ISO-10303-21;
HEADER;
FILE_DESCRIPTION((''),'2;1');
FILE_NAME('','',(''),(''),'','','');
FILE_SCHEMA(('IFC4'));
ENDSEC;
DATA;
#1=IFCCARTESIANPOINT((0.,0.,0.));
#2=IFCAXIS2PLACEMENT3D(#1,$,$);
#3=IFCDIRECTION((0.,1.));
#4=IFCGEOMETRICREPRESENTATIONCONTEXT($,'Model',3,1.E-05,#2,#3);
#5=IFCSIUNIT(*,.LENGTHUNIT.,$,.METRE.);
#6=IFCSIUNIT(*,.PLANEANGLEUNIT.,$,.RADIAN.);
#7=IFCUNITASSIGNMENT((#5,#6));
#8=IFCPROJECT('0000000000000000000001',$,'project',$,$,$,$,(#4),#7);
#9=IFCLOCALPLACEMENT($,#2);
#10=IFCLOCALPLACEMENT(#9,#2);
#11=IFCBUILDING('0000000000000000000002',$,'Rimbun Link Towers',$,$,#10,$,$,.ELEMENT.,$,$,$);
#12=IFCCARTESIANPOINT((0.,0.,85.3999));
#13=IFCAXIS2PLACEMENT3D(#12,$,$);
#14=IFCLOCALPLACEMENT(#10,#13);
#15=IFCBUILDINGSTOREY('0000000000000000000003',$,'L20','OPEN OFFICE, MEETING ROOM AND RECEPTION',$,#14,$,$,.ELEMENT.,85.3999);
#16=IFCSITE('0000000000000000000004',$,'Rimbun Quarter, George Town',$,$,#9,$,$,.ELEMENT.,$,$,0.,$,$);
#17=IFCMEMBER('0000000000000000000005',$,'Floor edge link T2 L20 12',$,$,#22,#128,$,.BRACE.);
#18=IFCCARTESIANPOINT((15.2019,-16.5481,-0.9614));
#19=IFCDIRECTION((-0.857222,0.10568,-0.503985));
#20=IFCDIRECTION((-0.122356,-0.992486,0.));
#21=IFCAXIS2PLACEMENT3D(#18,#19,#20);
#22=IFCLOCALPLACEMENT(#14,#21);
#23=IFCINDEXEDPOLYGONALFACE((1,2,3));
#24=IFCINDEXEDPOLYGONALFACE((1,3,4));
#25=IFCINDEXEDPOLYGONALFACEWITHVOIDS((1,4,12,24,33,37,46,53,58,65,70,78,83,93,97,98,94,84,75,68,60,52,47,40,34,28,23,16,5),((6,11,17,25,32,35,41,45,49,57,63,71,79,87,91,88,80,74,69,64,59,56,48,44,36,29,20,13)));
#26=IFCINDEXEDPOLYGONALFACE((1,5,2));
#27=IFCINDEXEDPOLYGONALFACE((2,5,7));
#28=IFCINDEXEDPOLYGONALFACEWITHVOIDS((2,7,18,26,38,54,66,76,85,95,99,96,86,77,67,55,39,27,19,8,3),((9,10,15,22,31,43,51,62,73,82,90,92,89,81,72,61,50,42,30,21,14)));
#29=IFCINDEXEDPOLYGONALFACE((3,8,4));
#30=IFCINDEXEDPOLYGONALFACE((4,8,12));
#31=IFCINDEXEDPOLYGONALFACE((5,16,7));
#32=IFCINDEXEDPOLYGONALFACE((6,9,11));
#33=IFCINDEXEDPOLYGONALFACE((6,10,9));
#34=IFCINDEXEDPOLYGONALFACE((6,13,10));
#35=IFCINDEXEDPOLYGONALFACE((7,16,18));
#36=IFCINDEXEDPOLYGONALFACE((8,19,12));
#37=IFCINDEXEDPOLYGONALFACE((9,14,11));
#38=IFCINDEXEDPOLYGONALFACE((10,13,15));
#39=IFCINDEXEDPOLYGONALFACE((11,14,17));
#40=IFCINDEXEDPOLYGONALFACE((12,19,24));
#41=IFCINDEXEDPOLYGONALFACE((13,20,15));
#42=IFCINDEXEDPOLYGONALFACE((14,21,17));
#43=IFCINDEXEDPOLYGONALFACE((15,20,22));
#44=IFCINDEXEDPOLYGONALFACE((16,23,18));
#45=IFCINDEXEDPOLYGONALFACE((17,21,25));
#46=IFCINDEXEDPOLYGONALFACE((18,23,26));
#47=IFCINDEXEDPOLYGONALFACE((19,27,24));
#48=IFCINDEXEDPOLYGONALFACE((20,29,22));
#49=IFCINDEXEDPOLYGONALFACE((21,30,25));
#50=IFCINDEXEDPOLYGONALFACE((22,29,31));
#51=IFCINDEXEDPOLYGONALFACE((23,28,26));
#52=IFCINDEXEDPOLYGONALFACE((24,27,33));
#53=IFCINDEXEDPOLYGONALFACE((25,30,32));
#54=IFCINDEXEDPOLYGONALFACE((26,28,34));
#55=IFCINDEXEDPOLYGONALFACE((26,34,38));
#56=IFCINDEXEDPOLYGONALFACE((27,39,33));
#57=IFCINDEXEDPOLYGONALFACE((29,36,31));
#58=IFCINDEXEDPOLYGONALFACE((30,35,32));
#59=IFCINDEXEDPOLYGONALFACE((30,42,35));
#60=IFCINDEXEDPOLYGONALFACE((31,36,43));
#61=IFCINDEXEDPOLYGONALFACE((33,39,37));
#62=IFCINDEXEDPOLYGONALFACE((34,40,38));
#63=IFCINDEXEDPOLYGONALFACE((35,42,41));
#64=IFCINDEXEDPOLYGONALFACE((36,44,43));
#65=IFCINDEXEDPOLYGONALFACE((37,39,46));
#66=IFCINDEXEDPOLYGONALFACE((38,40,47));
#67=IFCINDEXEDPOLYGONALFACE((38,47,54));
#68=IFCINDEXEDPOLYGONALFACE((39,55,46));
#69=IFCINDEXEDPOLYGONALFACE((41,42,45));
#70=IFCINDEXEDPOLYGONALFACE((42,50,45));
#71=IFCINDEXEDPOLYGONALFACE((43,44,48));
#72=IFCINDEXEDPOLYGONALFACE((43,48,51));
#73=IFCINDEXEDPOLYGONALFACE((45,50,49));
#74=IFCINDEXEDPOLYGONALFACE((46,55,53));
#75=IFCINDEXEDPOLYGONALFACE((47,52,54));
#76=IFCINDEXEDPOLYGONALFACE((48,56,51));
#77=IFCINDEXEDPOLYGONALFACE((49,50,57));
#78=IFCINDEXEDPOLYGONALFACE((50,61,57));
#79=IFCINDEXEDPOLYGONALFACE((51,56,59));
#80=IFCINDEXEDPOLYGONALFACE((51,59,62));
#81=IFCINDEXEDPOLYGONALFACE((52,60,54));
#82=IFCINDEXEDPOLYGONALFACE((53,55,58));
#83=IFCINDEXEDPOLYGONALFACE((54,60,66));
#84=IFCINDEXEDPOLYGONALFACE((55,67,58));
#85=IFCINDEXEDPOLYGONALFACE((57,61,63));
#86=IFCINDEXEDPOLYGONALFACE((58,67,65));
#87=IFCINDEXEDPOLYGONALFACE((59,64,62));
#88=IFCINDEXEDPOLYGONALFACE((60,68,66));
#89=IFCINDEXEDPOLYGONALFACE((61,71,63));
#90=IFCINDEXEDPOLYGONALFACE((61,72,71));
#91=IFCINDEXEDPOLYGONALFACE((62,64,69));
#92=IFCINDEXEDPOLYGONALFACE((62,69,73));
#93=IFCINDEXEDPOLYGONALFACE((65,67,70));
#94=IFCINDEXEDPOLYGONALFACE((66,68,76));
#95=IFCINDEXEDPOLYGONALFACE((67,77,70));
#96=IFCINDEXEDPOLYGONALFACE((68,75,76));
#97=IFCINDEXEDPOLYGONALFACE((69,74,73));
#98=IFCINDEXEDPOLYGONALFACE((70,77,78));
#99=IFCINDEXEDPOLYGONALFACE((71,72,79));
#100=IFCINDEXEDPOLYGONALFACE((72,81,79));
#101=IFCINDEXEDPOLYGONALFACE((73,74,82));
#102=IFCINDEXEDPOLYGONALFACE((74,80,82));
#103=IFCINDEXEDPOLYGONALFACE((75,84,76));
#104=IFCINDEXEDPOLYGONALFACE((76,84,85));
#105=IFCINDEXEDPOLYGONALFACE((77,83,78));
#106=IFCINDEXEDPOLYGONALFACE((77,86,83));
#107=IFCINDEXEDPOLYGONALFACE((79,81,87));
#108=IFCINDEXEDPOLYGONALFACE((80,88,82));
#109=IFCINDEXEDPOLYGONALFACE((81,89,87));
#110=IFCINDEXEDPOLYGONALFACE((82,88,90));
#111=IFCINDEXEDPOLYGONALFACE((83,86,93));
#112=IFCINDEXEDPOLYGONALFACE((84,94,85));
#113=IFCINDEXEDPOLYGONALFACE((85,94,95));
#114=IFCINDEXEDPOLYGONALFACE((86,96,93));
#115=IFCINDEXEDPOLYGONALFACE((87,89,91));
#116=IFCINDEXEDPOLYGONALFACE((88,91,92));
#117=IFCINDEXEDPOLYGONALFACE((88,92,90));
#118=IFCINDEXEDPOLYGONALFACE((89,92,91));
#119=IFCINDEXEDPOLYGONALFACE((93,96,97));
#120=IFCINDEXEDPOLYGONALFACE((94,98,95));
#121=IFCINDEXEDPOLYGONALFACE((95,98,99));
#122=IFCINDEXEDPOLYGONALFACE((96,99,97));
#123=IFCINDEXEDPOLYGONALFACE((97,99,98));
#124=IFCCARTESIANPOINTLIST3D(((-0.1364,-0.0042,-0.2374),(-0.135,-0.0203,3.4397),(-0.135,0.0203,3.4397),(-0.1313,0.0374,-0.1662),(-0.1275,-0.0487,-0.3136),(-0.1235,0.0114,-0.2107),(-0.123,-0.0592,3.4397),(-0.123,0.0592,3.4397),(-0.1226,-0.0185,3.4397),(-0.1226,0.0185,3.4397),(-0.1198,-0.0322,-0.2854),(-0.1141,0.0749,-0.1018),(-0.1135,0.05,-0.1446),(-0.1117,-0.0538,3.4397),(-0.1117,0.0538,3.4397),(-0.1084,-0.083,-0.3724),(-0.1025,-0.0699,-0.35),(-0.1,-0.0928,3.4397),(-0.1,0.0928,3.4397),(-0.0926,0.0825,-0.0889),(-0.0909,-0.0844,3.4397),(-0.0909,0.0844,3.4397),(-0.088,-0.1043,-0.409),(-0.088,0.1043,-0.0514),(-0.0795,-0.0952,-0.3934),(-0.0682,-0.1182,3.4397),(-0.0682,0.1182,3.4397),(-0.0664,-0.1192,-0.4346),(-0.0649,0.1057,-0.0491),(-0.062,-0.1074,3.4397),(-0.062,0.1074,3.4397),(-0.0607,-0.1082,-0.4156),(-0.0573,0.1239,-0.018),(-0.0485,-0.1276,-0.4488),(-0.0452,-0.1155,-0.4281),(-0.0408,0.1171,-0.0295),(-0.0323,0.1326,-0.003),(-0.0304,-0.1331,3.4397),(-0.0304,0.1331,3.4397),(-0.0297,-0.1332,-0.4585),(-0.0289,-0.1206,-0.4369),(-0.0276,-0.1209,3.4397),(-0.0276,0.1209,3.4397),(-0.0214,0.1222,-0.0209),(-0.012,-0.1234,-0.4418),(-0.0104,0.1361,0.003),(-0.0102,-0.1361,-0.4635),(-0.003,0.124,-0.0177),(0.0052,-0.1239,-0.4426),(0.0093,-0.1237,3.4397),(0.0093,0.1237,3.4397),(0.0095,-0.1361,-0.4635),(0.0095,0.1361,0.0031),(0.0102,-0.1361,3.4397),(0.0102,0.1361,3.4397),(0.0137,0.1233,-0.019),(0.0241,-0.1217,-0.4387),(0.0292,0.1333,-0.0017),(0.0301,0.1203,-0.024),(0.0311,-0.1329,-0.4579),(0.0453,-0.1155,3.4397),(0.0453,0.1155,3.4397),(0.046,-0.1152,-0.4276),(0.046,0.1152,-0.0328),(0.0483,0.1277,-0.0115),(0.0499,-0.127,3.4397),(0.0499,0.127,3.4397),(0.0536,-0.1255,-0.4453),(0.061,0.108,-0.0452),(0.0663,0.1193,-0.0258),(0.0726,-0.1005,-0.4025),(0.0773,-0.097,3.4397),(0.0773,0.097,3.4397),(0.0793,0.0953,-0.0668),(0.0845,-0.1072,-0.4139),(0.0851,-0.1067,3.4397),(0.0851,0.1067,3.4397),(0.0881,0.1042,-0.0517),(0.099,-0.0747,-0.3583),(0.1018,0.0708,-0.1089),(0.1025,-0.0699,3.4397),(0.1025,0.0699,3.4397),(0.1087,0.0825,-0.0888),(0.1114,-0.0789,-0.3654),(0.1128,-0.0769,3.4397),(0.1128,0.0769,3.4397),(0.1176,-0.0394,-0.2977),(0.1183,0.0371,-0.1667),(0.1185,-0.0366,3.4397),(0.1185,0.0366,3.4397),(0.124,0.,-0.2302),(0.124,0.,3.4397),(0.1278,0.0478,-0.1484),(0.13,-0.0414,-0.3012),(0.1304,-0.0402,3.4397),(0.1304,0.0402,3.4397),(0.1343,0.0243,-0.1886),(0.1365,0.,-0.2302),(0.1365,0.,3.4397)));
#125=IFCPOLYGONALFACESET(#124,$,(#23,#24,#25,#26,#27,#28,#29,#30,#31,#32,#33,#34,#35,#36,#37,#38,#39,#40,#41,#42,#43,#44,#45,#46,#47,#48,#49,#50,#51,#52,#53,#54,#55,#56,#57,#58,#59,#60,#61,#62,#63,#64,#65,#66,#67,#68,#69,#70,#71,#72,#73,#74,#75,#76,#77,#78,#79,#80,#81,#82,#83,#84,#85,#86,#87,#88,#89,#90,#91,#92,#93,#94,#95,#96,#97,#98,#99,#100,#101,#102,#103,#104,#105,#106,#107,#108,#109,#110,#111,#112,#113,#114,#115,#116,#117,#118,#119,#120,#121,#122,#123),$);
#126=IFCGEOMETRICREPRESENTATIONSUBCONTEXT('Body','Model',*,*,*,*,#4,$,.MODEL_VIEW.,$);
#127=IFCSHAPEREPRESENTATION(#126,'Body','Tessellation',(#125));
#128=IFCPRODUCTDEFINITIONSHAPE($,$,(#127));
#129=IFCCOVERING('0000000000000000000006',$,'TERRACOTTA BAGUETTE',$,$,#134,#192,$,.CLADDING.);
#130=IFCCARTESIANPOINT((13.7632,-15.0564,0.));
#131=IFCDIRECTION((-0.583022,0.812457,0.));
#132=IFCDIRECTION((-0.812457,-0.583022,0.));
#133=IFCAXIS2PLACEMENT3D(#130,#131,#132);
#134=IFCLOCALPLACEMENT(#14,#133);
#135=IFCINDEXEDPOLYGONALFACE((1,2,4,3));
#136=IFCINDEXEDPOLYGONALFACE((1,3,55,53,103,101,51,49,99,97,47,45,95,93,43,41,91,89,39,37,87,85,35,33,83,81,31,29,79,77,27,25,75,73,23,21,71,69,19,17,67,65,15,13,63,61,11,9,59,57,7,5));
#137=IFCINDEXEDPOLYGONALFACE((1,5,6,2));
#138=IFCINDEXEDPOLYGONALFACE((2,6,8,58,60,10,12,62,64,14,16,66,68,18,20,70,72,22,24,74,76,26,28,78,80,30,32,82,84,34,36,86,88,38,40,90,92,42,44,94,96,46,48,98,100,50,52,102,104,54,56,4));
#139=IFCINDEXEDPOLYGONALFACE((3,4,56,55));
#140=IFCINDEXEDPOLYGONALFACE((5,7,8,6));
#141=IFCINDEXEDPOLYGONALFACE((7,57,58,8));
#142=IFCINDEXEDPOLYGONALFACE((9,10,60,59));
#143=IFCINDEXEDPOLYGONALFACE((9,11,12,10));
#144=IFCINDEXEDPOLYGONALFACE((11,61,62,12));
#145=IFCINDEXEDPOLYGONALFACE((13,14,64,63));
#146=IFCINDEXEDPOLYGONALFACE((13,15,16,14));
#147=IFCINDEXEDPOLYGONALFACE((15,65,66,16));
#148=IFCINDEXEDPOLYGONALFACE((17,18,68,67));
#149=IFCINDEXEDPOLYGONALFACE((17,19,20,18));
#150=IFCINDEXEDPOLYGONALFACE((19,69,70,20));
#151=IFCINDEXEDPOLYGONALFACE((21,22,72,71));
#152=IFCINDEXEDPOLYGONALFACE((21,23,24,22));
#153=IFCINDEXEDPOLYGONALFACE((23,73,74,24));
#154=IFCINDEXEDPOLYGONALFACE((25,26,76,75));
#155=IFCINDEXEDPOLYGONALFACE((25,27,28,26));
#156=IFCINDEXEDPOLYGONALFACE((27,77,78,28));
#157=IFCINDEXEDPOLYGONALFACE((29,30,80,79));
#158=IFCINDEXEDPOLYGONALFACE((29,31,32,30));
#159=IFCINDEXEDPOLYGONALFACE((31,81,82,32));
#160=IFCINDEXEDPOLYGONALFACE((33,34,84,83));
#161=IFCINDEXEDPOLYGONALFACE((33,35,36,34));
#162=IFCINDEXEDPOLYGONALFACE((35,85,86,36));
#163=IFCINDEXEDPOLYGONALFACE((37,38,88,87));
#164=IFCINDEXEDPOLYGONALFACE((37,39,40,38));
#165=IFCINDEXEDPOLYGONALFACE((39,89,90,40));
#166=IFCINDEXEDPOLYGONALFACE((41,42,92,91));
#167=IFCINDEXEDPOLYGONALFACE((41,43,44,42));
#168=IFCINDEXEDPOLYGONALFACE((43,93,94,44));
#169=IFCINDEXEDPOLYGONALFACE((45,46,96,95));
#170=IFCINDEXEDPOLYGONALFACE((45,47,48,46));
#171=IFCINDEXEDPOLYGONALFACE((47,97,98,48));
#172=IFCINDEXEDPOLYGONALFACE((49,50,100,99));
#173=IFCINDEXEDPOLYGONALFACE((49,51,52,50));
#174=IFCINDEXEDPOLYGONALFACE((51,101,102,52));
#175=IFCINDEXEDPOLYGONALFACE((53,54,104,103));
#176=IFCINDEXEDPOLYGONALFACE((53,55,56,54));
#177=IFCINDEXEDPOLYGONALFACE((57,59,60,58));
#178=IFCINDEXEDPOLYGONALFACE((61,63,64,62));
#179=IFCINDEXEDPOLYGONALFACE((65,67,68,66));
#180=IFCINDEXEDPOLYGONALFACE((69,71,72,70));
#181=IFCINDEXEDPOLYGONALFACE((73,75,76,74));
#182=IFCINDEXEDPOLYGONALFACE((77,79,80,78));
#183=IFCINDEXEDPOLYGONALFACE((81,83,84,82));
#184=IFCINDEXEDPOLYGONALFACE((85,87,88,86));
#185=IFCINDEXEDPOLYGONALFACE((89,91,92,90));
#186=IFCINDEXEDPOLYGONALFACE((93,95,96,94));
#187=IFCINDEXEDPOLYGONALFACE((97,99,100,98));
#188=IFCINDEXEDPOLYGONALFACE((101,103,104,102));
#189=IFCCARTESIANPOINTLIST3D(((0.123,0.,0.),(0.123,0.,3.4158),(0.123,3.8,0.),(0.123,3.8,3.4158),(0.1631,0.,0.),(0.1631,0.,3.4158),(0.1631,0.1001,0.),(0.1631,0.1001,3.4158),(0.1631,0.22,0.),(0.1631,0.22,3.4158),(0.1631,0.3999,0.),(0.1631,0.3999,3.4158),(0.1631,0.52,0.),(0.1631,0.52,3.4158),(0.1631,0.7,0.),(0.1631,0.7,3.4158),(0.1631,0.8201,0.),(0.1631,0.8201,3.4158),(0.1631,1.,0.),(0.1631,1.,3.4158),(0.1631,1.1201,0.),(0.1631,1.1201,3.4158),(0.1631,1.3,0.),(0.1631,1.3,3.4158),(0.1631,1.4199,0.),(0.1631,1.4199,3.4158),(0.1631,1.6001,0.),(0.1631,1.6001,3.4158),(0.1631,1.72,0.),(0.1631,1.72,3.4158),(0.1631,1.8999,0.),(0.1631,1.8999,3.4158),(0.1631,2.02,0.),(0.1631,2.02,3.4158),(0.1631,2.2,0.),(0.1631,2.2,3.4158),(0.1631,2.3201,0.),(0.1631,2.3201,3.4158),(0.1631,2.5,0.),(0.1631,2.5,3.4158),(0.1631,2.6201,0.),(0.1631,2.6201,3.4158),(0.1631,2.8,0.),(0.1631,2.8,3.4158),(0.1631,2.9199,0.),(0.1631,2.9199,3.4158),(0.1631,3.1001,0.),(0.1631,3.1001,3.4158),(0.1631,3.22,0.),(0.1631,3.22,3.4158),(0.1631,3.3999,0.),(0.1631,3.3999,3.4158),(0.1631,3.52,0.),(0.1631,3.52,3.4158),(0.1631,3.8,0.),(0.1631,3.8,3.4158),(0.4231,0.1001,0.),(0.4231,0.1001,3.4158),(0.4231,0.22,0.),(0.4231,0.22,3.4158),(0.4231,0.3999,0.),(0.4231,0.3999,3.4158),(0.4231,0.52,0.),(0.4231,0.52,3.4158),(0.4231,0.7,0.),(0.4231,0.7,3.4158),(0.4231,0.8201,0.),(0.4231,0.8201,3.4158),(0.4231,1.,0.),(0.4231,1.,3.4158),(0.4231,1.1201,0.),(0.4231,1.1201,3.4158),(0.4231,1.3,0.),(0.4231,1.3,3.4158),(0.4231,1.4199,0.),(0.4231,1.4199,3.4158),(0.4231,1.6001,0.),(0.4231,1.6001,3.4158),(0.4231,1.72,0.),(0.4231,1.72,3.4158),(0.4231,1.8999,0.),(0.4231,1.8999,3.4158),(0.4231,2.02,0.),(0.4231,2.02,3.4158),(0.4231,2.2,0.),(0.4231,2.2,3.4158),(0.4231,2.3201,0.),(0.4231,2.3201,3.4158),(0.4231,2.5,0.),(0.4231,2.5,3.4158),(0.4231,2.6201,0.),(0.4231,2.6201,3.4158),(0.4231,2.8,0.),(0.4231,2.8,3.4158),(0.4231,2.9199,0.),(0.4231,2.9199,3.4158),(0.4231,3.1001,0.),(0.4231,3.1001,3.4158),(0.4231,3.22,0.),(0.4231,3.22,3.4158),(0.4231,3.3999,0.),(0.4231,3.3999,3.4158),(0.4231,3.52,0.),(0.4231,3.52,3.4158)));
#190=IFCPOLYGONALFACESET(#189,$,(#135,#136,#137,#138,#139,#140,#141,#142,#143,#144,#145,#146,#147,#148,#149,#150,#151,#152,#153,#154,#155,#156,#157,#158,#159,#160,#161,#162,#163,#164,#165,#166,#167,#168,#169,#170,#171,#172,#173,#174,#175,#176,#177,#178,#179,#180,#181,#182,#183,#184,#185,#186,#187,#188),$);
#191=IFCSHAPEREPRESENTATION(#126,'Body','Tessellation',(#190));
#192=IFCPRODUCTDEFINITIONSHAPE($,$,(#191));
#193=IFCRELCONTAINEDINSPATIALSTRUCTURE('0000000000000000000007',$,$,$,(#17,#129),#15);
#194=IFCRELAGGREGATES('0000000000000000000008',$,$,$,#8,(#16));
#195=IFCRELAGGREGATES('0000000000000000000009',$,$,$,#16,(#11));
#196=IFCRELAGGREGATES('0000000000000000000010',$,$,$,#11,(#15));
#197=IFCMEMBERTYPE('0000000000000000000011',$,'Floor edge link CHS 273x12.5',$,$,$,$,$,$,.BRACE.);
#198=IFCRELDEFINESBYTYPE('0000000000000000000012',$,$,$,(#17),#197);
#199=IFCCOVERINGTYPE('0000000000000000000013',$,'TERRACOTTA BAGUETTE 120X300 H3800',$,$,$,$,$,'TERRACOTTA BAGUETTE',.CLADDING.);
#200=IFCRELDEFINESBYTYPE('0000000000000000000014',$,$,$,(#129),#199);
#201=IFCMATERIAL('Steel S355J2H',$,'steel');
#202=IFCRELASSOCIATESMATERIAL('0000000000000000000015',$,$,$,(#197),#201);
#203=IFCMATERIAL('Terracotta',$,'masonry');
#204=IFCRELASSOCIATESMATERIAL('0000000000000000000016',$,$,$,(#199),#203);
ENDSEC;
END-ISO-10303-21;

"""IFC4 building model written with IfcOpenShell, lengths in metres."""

from ifc_helpers import new_model, si_unit, direction, frame, origin, origin_2d, place, context, subcontext, project, spatial, polyline, hollow_circle, outline, extrude, clip, halfspace, material, material_profile, profile_set, type_object, element, save


model = new_model("IFC4")

# Units and contexts
model_context = context("Model", 3, precision=1e-05, world=origin(), true_north=direction((0.0, 1.0)))
body_context = subcontext(model_context, "Body", "Model", "MODEL_VIEW")
ifc_project = project(units=[si_unit("LENGTHUNIT", "METRE"), si_unit("PLANEANGLEUNIT", "RADIAN")], contexts=[model_context])

# Site, building, storey
site_placement = place(None, origin())
site = spatial("IfcSite", under=ifc_project, at=site_placement, Name="Rimbun Quarter, George Town", CompositionType="ELEMENT", RefElevation=0.0)
building_placement = place(site_placement, origin())
building = spatial("IfcBuilding", under=site, at=building_placement, Name="Rimbun Link Towers", CompositionType="ELEMENT")
storey_placement = place(building_placement, frame((0.0, 0.0, 85.3999)))
storey = spatial("IfcBuildingStorey", under=building, at=storey_placement, Name="L20", Description="OPEN OFFICE, MEETING ROOM AND RECEPTION", CompositionType="ELEMENT", Elevation=85.3999)

# Member
ifc_material_1 = material(Name="Steel S355J2H", Category="steel")
ifc_material_profile_1 = material_profile(ifc_material_1, hollow_circle(Radius=0.1365, WallThickness=0.0125, at=origin_2d()), Name="CHS 273x12.5")
ifc_profile_set_1 = profile_set([ifc_material_profile_1], Name="Steel S355J2H")
member_type_1 = type_object("IfcMemberType", Name="Floor edge link CHS 273x12.5", PredefinedType="BRACE", material=ifc_profile_set_1)
member_1_placement = place(storey_placement, frame((15.2019, -16.5481, -0.9614), z_axis=(-0.857222, 0.10568, -0.503985), x_axis=(-0.122356, -0.992486, 0.0)))
element("IfcMember", 1, at=member_1_placement, inside=storey, type_object=member_type_1, Name="Floor edge link T2 L20 12", PredefinedType="BRACE", context=body_context, shape_type="Clipping", body=[
    clip(extrude(hollow_circle(Radius=0.1365, WallThickness=0.0125, at=origin_2d()), frame((0.0, 0.0, -0.4878)), (0.0, 0.0, 1.0), 3.9275), halfspace(frame((0.0, 0.0, -0.2302), z_axis=(0.0, 0.863712, -0.503985)), False)),
])

# Covering
ifc_material_2 = material(Name="Terracotta", Category="masonry")
ifc_material_profile_2 = material_profile(ifc_material_2, outline(polyline([(0.123, 0.0), (0.1631, 0.0), (0.1631, 0.1001), (0.4231, 0.1001), (0.4231, 0.22), (0.1631, 0.22), (0.1631, 0.3999), (0.4231, 0.3999), (0.4231, 0.52), (0.1631, 0.52), (0.1631, 0.7), (0.4231, 0.7), (0.4231, 0.8201), (0.1631, 0.8201), (0.1631, 1.0), (0.4231, 1.0), (0.4231, 1.1201), (0.1631, 1.1201), (0.1631, 1.3), (0.4231, 1.3), (0.4231, 1.4199), (0.1631, 1.4199), (0.1631, 1.6001), (0.4231, 1.6001), (0.4231, 1.72), (0.1631, 1.72), (0.1631, 1.8999), (0.4231, 1.8999), (0.4231, 2.02), (0.1631, 2.02), (0.1631, 2.2), (0.4231, 2.2), (0.4231, 2.3201), (0.1631, 2.3201), (0.1631, 2.5), (0.4231, 2.5), (0.4231, 2.6201), (0.1631, 2.6201), (0.1631, 2.8), (0.4231, 2.8), (0.4231, 2.9199), (0.1631, 2.9199), (0.1631, 3.1001), (0.4231, 3.1001), (0.4231, 3.22), (0.1631, 3.22), (0.1631, 3.3999), (0.4231, 3.3999), (0.4231, 3.52), (0.1631, 3.52), (0.1631, 3.8), (0.123, 3.8), (0.123, 0.0)])), Name="BAGUETTE 120X300")
ifc_profile_set_2 = profile_set([ifc_material_profile_2], Name="Terracotta")
covering_type = type_object("IfcCoveringType", Name="TERRACOTTA BAGUETTE 120X300 H3800", ElementType="TERRACOTTA BAGUETTE", PredefinedType="CLADDING", material=ifc_profile_set_2)
covering_1_placement = place(storey_placement, frame((13.7632, -15.0564, 0.0), z_axis=(-0.583022, 0.812457, 0.0), x_axis=(-0.812457, -0.583022, 0.0)))
element("IfcCovering", 2, at=covering_1_placement, inside=storey, type_object=covering_type, Name="TERRACOTTA BAGUETTE", PredefinedType="CLADDING", context=body_context, shape_type="SweptSolid", body=[
    extrude(outline(polyline([(0.123, 0.0), (0.1631, 0.0), (0.1631, 0.1001), (0.4231, 0.1001), (0.4231, 0.22), (0.1631, 0.22), (0.1631, 0.3999), (0.4231, 0.3999), (0.4231, 0.52), (0.1631, 0.52), (0.1631, 0.7), (0.4231, 0.7), (0.4231, 0.8201), (0.1631, 0.8201), (0.1631, 1.0), (0.4231, 1.0), (0.4231, 1.1201), (0.1631, 1.1201), (0.1631, 1.3), (0.4231, 1.3), (0.4231, 1.4199), (0.1631, 1.4199), (0.1631, 1.6001), (0.4231, 1.6001), (0.4231, 1.72), (0.1631, 1.72), (0.1631, 1.8999), (0.4231, 1.8999), (0.4231, 2.02), (0.1631, 2.02), (0.1631, 2.2), (0.4231, 2.2), (0.4231, 2.3201), (0.1631, 2.3201), (0.1631, 2.5), (0.4231, 2.5), (0.4231, 2.6201), (0.1631, 2.6201), (0.1631, 2.8), (0.4231, 2.8), (0.4231, 2.9199), (0.1631, 2.9199), (0.1631, 3.1001), (0.4231, 3.1001), (0.4231, 3.22), (0.1631, 3.22), (0.1631, 3.3999), (0.4231, 3.3999), (0.4231, 3.52), (0.1631, 3.52), (0.1631, 3.8), (0.123, 3.8), (0.123, 0.0)])), origin(), (0.0, 0.0, 1.0), 3.4158),
])

save(model, "model.ifc")
